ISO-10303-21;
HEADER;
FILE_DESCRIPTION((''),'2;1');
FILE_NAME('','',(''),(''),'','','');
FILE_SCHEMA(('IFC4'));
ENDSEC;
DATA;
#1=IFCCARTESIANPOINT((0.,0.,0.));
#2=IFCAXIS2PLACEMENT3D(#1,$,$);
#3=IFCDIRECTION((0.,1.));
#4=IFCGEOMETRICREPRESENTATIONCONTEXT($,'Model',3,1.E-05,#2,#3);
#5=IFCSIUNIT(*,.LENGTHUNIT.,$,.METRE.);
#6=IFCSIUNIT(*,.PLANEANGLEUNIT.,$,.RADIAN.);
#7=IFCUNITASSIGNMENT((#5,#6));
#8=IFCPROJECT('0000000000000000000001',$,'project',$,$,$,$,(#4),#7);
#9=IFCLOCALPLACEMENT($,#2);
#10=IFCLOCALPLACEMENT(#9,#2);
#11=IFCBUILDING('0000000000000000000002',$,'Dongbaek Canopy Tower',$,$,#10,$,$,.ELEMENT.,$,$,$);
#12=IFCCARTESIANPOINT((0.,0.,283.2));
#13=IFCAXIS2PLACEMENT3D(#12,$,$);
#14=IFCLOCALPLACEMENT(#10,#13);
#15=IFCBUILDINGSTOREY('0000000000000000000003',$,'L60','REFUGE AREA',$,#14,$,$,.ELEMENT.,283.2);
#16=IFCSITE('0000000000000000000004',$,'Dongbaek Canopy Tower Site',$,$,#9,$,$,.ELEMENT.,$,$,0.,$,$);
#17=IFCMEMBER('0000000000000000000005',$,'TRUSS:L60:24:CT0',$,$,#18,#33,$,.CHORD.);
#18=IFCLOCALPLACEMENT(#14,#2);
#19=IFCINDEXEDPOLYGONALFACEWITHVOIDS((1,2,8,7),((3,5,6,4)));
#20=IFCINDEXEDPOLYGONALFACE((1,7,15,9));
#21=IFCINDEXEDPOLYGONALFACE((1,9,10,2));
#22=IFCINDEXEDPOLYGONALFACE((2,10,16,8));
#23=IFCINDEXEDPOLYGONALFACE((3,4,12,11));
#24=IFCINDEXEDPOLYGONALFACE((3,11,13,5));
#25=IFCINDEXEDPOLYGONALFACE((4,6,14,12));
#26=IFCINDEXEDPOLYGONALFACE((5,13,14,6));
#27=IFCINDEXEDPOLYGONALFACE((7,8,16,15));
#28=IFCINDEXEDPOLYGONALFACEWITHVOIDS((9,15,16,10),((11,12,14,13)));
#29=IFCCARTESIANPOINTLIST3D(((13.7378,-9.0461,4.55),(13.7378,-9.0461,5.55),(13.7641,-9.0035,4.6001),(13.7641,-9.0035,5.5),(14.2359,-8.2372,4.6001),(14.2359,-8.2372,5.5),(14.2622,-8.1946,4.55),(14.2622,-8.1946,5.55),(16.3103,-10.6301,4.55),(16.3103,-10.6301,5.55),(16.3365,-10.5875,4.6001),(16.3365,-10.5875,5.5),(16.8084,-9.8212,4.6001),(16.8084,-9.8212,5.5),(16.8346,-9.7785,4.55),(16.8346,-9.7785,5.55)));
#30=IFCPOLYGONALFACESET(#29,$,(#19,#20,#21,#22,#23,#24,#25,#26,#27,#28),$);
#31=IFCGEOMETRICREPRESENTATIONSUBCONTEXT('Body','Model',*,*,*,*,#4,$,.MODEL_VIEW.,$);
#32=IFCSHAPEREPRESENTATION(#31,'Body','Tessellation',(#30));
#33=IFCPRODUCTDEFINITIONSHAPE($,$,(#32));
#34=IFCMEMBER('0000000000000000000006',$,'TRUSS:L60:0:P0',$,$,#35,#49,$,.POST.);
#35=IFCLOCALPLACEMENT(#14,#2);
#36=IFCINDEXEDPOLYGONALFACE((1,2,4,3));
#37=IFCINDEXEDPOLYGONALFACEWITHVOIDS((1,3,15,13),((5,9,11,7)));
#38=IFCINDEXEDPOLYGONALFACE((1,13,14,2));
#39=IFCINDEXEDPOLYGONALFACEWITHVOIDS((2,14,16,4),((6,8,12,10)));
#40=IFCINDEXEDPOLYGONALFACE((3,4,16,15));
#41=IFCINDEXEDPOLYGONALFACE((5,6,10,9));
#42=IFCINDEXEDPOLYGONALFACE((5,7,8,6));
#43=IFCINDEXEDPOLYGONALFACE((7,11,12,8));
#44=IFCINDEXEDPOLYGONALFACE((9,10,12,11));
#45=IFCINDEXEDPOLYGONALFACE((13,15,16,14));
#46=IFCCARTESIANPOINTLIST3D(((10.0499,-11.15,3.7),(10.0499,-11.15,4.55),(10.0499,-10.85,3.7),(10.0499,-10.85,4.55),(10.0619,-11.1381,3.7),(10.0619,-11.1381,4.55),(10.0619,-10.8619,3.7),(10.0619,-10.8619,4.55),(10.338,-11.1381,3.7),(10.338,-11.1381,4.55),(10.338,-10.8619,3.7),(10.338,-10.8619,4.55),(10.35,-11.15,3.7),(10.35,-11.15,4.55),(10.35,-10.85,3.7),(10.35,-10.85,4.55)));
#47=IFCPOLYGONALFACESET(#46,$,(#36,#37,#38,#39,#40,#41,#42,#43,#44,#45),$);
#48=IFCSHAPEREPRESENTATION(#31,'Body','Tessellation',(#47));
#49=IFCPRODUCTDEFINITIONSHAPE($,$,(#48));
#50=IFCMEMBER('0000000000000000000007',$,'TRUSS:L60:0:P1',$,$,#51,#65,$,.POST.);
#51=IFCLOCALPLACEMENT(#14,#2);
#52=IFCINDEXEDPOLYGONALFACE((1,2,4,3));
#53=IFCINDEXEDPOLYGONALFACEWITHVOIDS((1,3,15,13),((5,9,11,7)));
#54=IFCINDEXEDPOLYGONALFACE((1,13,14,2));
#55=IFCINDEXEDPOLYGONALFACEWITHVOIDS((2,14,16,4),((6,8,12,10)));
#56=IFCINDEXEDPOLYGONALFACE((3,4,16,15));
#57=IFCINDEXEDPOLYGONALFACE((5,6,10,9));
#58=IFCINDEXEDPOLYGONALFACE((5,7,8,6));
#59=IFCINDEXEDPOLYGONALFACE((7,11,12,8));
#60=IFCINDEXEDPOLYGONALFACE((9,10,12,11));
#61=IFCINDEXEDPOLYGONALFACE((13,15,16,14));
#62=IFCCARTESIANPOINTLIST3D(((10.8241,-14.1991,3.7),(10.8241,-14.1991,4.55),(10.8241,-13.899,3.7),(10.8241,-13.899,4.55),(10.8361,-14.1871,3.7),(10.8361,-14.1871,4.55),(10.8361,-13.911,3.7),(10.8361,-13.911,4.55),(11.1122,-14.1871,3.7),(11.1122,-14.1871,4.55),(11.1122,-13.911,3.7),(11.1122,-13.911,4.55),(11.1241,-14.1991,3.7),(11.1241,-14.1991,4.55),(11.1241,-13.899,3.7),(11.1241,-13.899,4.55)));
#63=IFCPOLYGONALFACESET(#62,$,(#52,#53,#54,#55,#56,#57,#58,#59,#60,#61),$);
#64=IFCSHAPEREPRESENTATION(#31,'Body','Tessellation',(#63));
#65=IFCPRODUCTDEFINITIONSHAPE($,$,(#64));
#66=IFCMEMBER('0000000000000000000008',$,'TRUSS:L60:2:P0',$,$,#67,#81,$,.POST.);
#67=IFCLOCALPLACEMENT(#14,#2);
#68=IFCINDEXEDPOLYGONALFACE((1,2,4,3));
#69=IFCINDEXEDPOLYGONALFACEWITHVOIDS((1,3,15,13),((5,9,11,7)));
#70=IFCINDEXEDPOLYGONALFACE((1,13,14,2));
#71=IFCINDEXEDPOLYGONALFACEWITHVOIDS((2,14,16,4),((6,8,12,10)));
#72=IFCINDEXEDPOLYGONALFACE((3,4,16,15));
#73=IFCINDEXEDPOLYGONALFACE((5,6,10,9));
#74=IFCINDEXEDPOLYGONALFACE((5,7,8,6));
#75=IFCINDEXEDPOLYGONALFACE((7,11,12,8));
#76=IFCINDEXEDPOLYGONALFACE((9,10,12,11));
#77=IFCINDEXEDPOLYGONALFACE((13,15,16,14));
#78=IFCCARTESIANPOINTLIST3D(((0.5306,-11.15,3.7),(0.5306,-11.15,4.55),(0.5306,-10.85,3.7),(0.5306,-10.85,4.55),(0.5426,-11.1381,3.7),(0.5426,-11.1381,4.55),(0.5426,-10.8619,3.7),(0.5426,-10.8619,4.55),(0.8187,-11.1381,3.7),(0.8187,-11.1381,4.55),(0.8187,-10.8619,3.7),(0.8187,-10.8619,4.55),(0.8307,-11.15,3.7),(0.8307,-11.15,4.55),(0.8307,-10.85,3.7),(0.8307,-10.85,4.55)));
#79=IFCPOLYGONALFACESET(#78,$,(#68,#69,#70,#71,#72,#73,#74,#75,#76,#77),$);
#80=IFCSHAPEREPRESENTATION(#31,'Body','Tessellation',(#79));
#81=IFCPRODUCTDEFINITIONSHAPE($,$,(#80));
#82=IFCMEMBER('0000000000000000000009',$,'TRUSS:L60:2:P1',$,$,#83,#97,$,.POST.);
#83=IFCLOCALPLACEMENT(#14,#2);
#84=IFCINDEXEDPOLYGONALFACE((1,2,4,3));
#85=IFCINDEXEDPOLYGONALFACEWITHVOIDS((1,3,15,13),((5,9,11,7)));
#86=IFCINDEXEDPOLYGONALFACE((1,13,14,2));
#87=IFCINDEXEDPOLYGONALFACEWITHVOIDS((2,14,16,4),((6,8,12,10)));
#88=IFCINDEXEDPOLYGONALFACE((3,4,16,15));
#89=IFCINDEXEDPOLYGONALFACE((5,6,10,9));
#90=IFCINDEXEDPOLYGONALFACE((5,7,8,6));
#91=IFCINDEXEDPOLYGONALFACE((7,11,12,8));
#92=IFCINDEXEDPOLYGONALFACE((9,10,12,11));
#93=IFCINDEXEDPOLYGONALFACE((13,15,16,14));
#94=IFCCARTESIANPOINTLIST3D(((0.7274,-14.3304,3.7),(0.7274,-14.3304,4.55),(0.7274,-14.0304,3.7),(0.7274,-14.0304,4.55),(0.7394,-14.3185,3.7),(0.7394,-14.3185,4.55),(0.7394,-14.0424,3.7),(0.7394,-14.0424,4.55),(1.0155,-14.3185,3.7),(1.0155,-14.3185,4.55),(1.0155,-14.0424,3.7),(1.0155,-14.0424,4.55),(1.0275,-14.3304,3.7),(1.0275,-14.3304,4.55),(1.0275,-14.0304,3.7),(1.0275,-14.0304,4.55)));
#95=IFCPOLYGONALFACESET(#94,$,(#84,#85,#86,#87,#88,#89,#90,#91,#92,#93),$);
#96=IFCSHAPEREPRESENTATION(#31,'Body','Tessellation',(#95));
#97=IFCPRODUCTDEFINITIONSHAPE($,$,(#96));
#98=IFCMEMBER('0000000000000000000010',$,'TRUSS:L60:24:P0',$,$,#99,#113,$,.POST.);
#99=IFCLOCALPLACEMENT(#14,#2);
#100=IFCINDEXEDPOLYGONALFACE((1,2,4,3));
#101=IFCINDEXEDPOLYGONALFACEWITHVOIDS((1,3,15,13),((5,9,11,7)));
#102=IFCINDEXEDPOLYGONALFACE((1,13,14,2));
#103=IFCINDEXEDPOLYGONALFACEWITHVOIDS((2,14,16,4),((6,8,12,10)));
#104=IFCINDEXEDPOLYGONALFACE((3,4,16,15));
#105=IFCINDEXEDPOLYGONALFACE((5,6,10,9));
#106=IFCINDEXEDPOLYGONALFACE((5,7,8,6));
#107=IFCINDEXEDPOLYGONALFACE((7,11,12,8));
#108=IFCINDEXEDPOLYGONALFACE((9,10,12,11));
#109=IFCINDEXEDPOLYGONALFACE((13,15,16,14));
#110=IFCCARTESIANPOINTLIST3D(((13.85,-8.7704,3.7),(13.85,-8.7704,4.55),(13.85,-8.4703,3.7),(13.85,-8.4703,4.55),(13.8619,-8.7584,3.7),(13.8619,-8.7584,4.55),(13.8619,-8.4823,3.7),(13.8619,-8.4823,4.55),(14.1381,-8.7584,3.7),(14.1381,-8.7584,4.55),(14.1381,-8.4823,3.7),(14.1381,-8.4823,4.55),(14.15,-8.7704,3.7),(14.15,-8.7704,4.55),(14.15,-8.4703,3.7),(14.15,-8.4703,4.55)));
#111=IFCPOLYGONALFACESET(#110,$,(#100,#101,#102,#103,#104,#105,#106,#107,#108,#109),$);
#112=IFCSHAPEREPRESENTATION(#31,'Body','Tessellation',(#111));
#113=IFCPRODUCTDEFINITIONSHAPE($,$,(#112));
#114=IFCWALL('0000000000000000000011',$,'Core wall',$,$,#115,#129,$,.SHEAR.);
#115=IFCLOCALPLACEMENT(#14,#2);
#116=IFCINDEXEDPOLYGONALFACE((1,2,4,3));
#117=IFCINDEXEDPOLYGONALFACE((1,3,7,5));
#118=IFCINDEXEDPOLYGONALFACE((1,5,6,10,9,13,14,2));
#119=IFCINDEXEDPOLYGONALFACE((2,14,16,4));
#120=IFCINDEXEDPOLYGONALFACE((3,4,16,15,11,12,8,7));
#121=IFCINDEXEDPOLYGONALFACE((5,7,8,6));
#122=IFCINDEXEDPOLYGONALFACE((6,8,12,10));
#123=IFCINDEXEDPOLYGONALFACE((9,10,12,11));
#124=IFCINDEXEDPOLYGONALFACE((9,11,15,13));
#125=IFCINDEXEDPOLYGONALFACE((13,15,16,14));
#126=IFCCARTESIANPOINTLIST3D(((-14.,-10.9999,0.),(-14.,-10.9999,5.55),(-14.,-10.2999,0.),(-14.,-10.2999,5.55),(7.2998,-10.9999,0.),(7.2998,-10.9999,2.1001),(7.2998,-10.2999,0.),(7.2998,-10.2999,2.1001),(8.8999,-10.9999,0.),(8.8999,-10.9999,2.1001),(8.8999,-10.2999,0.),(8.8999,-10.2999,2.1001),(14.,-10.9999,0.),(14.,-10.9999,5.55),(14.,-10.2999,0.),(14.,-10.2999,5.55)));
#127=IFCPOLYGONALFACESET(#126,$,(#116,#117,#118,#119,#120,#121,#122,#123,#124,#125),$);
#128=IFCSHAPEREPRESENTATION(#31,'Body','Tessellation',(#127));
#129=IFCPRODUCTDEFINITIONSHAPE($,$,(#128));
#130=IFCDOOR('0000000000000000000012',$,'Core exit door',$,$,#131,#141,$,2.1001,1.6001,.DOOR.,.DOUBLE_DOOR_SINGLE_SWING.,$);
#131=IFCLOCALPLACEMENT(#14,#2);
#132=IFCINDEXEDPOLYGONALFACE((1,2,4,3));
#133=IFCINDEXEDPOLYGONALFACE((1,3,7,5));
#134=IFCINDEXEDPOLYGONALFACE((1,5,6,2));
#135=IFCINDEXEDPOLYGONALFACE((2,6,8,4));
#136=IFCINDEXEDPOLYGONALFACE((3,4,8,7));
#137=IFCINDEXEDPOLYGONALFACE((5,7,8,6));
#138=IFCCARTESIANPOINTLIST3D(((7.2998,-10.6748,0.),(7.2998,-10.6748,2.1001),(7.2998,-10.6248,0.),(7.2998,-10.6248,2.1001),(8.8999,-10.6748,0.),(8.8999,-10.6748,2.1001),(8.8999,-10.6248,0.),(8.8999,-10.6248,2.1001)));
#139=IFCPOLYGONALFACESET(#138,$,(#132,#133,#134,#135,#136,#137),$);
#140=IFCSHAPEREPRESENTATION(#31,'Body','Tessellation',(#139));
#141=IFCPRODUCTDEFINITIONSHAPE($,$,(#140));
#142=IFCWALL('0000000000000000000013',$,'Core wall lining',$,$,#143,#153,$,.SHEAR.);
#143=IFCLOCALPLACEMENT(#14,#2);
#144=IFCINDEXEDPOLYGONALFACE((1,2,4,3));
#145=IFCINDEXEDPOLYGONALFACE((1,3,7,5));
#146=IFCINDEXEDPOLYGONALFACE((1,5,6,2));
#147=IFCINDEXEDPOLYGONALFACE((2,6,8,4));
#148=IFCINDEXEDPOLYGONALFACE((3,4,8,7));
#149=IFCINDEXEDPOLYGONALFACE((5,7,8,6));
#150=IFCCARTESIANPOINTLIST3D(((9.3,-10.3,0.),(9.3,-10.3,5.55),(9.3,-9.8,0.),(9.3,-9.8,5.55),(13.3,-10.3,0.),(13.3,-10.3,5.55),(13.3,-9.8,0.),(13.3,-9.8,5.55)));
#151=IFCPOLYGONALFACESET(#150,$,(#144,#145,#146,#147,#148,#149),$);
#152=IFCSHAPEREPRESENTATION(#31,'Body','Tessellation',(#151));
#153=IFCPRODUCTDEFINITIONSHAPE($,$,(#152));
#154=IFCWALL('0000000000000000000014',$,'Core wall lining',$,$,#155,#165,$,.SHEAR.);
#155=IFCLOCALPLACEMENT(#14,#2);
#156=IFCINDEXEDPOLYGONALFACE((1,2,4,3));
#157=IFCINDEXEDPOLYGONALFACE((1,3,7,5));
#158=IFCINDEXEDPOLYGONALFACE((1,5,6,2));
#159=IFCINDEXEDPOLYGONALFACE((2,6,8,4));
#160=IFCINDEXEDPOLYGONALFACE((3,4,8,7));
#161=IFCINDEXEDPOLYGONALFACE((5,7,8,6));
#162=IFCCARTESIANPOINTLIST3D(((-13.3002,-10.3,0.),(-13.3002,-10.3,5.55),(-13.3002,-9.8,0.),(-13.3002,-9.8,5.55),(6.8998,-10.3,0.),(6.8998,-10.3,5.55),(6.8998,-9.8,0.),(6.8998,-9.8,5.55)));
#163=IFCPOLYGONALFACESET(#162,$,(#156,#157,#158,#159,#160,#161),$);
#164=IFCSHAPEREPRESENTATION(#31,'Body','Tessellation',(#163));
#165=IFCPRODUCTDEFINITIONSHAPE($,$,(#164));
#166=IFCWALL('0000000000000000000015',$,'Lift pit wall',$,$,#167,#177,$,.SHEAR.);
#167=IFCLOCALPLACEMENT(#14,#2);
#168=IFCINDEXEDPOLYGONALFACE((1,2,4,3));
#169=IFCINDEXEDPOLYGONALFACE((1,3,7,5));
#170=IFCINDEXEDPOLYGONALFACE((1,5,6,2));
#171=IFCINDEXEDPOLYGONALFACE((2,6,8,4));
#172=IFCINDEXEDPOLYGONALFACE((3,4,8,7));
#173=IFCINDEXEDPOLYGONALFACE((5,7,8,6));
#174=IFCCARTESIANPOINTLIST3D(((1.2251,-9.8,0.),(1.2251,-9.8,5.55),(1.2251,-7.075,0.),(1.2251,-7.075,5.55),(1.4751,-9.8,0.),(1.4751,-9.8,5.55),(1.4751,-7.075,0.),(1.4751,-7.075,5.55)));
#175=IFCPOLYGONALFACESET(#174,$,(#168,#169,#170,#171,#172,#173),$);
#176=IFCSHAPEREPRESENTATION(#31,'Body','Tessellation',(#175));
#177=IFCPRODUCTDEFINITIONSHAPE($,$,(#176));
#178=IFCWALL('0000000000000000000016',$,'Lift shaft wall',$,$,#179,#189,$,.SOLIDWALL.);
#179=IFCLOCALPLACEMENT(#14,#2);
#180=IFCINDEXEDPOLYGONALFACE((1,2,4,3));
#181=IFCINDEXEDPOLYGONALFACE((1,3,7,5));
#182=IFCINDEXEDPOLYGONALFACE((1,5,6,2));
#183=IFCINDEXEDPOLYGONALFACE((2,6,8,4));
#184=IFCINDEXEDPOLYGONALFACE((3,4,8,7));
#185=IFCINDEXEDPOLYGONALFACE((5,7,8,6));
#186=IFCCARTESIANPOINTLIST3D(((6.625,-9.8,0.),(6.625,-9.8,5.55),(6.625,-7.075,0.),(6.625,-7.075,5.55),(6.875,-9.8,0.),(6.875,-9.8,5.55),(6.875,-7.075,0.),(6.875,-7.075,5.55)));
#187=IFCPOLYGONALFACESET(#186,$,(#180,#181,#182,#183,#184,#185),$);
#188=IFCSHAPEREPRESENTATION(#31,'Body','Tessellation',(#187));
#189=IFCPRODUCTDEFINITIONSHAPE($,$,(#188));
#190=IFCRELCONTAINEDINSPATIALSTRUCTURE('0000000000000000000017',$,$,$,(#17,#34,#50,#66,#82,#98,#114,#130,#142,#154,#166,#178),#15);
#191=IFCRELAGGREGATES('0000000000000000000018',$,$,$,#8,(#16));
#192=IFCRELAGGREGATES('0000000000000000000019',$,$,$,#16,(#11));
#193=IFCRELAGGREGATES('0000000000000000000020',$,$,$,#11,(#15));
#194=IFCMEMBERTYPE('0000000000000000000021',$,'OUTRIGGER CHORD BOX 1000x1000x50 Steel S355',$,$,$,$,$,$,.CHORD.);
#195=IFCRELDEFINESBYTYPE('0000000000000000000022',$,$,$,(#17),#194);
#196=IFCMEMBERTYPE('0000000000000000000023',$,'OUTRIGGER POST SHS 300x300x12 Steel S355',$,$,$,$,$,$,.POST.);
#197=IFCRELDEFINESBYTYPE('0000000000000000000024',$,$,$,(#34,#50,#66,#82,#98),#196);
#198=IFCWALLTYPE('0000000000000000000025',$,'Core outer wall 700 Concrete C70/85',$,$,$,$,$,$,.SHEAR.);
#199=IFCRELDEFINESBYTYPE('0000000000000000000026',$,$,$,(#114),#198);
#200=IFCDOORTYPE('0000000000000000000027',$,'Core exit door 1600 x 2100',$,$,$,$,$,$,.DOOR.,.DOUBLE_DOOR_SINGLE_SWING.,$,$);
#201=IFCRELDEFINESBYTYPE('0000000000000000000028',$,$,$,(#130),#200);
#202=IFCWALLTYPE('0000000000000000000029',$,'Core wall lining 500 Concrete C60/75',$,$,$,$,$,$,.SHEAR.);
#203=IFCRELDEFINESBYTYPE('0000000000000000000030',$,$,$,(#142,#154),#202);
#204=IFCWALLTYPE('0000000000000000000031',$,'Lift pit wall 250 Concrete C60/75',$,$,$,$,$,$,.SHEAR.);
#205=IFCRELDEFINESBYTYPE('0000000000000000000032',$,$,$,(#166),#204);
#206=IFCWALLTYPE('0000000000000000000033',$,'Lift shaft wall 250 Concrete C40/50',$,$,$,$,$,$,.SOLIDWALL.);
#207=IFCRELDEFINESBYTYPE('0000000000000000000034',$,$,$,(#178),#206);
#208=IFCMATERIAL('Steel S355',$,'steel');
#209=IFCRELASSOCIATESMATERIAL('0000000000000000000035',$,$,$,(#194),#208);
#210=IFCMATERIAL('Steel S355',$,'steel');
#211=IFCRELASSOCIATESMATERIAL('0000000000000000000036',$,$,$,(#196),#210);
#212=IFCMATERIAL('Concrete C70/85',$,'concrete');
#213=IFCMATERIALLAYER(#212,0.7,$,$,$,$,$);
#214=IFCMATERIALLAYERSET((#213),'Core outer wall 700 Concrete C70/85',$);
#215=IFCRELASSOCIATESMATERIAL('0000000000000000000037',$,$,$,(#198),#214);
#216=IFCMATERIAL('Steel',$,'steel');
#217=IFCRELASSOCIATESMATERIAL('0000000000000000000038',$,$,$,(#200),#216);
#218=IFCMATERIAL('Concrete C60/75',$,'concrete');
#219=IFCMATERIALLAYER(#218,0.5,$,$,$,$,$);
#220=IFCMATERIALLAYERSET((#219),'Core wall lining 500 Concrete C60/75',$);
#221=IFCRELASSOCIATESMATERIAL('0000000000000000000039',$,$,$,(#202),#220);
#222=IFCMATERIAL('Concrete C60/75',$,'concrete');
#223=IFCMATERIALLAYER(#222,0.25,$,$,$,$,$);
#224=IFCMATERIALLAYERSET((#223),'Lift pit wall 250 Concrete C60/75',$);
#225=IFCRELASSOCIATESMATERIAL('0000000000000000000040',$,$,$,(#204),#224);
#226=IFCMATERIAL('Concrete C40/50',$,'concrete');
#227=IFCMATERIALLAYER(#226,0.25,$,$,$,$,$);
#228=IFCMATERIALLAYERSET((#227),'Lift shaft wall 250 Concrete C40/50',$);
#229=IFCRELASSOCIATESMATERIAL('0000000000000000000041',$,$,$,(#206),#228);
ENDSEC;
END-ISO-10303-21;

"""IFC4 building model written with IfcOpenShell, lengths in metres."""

from ifc_helpers import new_model, si_unit, direction, frame, frame_2d, origin, origin_2d, place, context, subcontext, project, spatial, rectangle, hollow_rectangle, extrude, material, layer, layer_set, material_profile, profile_set, type_object, element, fill, save


model = new_model("IFC4")

# Units and contexts
model_context = context("Model", 3, precision=1e-05, world=origin(), true_north=direction((0.0, 1.0)))
body_context = subcontext(model_context, "Body", "Model", "MODEL_VIEW")
ifc_project = project(units=[si_unit("LENGTHUNIT", "METRE"), si_unit("PLANEANGLEUNIT", "RADIAN")], contexts=[model_context])

# Site, building, storey
site_placement = place(None, origin())
site = spatial("IfcSite", under=ifc_project, at=site_placement, Name="Dongbaek Canopy Tower Site", CompositionType="ELEMENT", RefElevation=0.0)
building_placement = place(site_placement, origin())
building = spatial("IfcBuilding", under=site, at=building_placement, Name="Dongbaek Canopy Tower", CompositionType="ELEMENT")
storey_placement = place(building_placement, frame((0.0, 0.0, 283.2)))
storey = spatial("IfcBuildingStorey", under=building, at=storey_placement, Name="L60", Description="REFUGE AREA", CompositionType="ELEMENT", Elevation=283.2)

# Members
ifc_material_1 = material(Name="Steel S355", Category="steel")
ifc_material_profile_1 = material_profile(ifc_material_1, hollow_rectangle(XDim=1.0, YDim=1.0, WallThickness=0.05, at=origin_2d()), Name="OUTRIGGER CHORD BOX 1000x1000x50 Steel S355")
ifc_profile_set_1 = profile_set([ifc_material_profile_1], Name="Steel S355")
member_type_1 = type_object("IfcMemberType", Name="OUTRIGGER CHORD BOX 1000x1000x50 Steel S355", PredefinedType="CHORD", material=ifc_profile_set_1)
member_1_placement = place(storey_placement, frame((14.0, -8.6204, 5.05), z_axis=(0.851525, -0.524314, 0.0), x_axis=(0.524314, 0.851525, 0.0)))
element("IfcMember", 1, at=member_1_placement, inside=storey, type_object=member_type_1, Name="TRUSS:L60:24:CT0", PredefinedType="CHORD", context=body_context, shape_type="SweptSolid", body=[
    extrude(hollow_rectangle(XDim=1.0, YDim=1.0, WallThickness=0.05, at=origin_2d()), origin(), (0.0, 0.0, 1.0), 3.021),
])
ifc_material_2 = material(Name="Steel S355", Category="steel")
ifc_material_profile_2 = material_profile(ifc_material_2, hollow_rectangle(XDim=0.3, YDim=0.3, WallThickness=0.012, at=origin_2d()), Name="OUTRIGGER POST SHS 300x300x12 Steel S355")
ifc_profile_set_2 = profile_set([ifc_material_profile_2], Name="Steel S355")
member_type_2 = type_object("IfcMemberType", Name="OUTRIGGER POST SHS 300x300x12 Steel S355", PredefinedType="POST", material=ifc_profile_set_2)
for number, where, z_axis, x_axis, name in (
    (2, (10.2, -11.0, 3.7), (0.0, 0.0, 1.0), (1.0, 0.0, 0.0), "TRUSS:L60:0:P0"),
    (3, (10.9741, -14.0491, 3.7), (0.0, 0.0, 1.0), (1.0, 0.0, 0.0), "TRUSS:L60:0:P1"),
    (4, (0.6807, -11.0, 3.7), (0.0, 0.0, 1.0), (1.0, 0.0, 0.0), "TRUSS:L60:2:P0"),
    (5, (0.8774, -14.1804, 3.7), (0.0, 0.0, 1.0), (1.0, 0.0, 0.0), "TRUSS:L60:2:P1"),
    (6, (14.0, -8.6204, 3.7), (0.0, 0.0, 1.0), (1.0, 0.0, 0.0), "TRUSS:L60:24:P0"),
):
    element("IfcMember", number, at=place(storey_placement, frame(where, z_axis=z_axis, x_axis=x_axis)), inside=storey, type_object=member_type_2, Name=name, PredefinedType="POST", context=body_context, shape_type="SweptSolid", body=[
        extrude(hollow_rectangle(XDim=0.3, YDim=0.3, WallThickness=0.012, at=origin_2d()), origin(), (0.0, 0.0, 1.0), 0.8501),
    ])

# Wall, opening, door
ifc_material_3 = material(Name="Concrete C70/85", Category="concrete")
ifc_layer_1 = layer(ifc_material_3, 0.7)
ifc_layer_set_1 = layer_set([ifc_layer_1], Name="Core outer wall 700 Concrete C70/85")
wall_type_1 = type_object("IfcWallType", Name="Core outer wall 700 Concrete C70/85", PredefinedType="SHEAR", material=ifc_layer_set_1)
wall_1_placement = place(storey_placement, frame((14.0, -10.6499, 0.0), z_axis=(0.0, 0.0, 1.0), x_axis=(-1.0, 0.0, 0.0)))
wall_1 = element("IfcWall", 7, at=wall_1_placement, inside=storey, type_object=wall_type_1, Name="Core wall", PredefinedType="SHEAR", context=body_context, shape_type="SweptSolid", body=[
    extrude(rectangle(XDim=28.0, YDim=0.7, at=frame_2d((14.0, 0.0))), origin(), (0.0, 0.0, 1.0), 5.55),
])
opening_placement = place(wall_1_placement, frame((5.1001, 0.0, 0.0)))
opening = element("IfcOpeningElement", 8, at=opening_placement, cuts=wall_1, PredefinedType="OPENING", context=body_context, shape_type="SweptSolid", body=[
    extrude(rectangle(XDim=1.6001, YDim=2.1001, at=frame_2d((0.8, 1.05))), frame((0.0, 0.3599, 0.0), z_axis=(0.0, -1.0, 0.0), x_axis=(1.0, 0.0, 0.0)), (0.0, 0.0, 1.0), 0.72),
])
ifc_material_4 = material(Name="Steel", Category="steel")
door_type = type_object("IfcDoorType", Name="Core exit door 1600 x 2100", OperationType="DOUBLE_DOOR_SINGLE_SWING", PredefinedType="DOOR", material=ifc_material_4)
door_placement = place(opening_placement, origin())
door = element("IfcDoor", 9, at=door_placement, inside=storey, type_object=door_type, Name="Core exit door", OperationType="DOUBLE_DOOR_SINGLE_SWING", OverallHeight=2.1001, OverallWidth=1.6001, PredefinedType="DOOR", context=body_context, shape_type="SweptSolid", body=[
    extrude(rectangle(XDim=1.6001, YDim=2.1001, at=frame_2d((0.8, 1.05))), frame((0.0, 0.0249, 0.0), z_axis=(0.0, -1.0, 0.0), x_axis=(1.0, 0.0, 0.0)), (0.0, 0.0, 1.0), 0.05),
])
fill(opening, door)

# Walls
ifc_material_5 = material(Name="Concrete C60/75", Category="concrete")
ifc_layer_2 = layer(ifc_material_5, 0.5)
ifc_layer_set_2 = layer_set([ifc_layer_2], Name="Core wall lining 500 Concrete C60/75")
wall_type_2 = type_object("IfcWallType", Name="Core wall lining 500 Concrete C60/75", PredefinedType="SHEAR", material=ifc_layer_set_2)
wall_2_placement = place(storey_placement, frame((13.3, -10.05, 0.0), z_axis=(0.0, 0.0, 1.0), x_axis=(-1.0, 0.0, 0.0)))
element("IfcWall", 10, at=wall_2_placement, inside=storey, type_object=wall_type_2, Name="Core wall lining", PredefinedType="SHEAR", context=body_context, shape_type="SweptSolid", body=[
    extrude(rectangle(XDim=4.0, YDim=0.5, at=frame_2d((2.0, 0.0))), origin(), (0.0, 0.0, 1.0), 5.55),
])
wall_3_placement = place(storey_placement, frame((6.8999, -10.05, 0.0), z_axis=(0.0, 0.0, 1.0), x_axis=(-1.0, 0.0, 0.0)))
element("IfcWall", 11, at=wall_3_placement, inside=storey, type_object=wall_type_2, Name="Core wall lining", PredefinedType="SHEAR", context=body_context, shape_type="SweptSolid", body=[
    extrude(rectangle(XDim=20.2, YDim=0.5, at=frame_2d((10.1001, 0.0))), origin(), (0.0, 0.0, 1.0), 5.55),
])
ifc_material_6 = material(Name="Concrete C60/75", Category="concrete")
ifc_layer_3 = layer(ifc_material_6, 0.25)
ifc_layer_set_3 = layer_set([ifc_layer_3], Name="Lift pit wall 250 Concrete C60/75")
wall_type_3 = type_object("IfcWallType", Name="Lift pit wall 250 Concrete C60/75", PredefinedType="SHEAR", material=ifc_layer_set_3)
wall_4_placement = place(storey_placement, frame((1.3501, -9.8, 0.0), z_axis=(0.0, 0.0, 1.0), x_axis=(0.0, 1.0, 0.0)))
element("IfcWall", 12, at=wall_4_placement, inside=storey, type_object=wall_type_3, Name="Lift pit wall", PredefinedType="SHEAR", context=body_context, shape_type="SweptSolid", body=[
    extrude(rectangle(XDim=2.7251, YDim=0.25, at=frame_2d((1.3625, 0.0))), origin(), (0.0, 0.0, 1.0), 5.55),
])
ifc_material_7 = material(Name="Concrete C40/50", Category="concrete")
ifc_layer_4 = layer(ifc_material_7, 0.25)
ifc_layer_set_4 = layer_set([ifc_layer_4], Name="Lift shaft wall 250 Concrete C40/50")
wall_type_4 = type_object("IfcWallType", Name="Lift shaft wall 250 Concrete C40/50", PredefinedType="SOLIDWALL", material=ifc_layer_set_4)
for number, where, z_axis, x_axis, name in (
    (13, (6.75, -9.8, 0.0), (0.0, 0.0, 1.0), (0.0, 1.0, 0.0), "Lift shaft wall"),
):
    element("IfcWall", number, at=place(storey_placement, frame(where, z_axis=z_axis, x_axis=x_axis)), inside=storey, type_object=wall_type_4, Name=name, PredefinedType="SOLIDWALL", context=body_context, shape_type="SweptSolid", body=[
        extrude(rectangle(XDim=2.7251, YDim=0.25, at=frame_2d((1.3625, 0.0))), origin(), (0.0, 0.0, 1.0), 5.55),
    ])

save(model, "model.ifc")
